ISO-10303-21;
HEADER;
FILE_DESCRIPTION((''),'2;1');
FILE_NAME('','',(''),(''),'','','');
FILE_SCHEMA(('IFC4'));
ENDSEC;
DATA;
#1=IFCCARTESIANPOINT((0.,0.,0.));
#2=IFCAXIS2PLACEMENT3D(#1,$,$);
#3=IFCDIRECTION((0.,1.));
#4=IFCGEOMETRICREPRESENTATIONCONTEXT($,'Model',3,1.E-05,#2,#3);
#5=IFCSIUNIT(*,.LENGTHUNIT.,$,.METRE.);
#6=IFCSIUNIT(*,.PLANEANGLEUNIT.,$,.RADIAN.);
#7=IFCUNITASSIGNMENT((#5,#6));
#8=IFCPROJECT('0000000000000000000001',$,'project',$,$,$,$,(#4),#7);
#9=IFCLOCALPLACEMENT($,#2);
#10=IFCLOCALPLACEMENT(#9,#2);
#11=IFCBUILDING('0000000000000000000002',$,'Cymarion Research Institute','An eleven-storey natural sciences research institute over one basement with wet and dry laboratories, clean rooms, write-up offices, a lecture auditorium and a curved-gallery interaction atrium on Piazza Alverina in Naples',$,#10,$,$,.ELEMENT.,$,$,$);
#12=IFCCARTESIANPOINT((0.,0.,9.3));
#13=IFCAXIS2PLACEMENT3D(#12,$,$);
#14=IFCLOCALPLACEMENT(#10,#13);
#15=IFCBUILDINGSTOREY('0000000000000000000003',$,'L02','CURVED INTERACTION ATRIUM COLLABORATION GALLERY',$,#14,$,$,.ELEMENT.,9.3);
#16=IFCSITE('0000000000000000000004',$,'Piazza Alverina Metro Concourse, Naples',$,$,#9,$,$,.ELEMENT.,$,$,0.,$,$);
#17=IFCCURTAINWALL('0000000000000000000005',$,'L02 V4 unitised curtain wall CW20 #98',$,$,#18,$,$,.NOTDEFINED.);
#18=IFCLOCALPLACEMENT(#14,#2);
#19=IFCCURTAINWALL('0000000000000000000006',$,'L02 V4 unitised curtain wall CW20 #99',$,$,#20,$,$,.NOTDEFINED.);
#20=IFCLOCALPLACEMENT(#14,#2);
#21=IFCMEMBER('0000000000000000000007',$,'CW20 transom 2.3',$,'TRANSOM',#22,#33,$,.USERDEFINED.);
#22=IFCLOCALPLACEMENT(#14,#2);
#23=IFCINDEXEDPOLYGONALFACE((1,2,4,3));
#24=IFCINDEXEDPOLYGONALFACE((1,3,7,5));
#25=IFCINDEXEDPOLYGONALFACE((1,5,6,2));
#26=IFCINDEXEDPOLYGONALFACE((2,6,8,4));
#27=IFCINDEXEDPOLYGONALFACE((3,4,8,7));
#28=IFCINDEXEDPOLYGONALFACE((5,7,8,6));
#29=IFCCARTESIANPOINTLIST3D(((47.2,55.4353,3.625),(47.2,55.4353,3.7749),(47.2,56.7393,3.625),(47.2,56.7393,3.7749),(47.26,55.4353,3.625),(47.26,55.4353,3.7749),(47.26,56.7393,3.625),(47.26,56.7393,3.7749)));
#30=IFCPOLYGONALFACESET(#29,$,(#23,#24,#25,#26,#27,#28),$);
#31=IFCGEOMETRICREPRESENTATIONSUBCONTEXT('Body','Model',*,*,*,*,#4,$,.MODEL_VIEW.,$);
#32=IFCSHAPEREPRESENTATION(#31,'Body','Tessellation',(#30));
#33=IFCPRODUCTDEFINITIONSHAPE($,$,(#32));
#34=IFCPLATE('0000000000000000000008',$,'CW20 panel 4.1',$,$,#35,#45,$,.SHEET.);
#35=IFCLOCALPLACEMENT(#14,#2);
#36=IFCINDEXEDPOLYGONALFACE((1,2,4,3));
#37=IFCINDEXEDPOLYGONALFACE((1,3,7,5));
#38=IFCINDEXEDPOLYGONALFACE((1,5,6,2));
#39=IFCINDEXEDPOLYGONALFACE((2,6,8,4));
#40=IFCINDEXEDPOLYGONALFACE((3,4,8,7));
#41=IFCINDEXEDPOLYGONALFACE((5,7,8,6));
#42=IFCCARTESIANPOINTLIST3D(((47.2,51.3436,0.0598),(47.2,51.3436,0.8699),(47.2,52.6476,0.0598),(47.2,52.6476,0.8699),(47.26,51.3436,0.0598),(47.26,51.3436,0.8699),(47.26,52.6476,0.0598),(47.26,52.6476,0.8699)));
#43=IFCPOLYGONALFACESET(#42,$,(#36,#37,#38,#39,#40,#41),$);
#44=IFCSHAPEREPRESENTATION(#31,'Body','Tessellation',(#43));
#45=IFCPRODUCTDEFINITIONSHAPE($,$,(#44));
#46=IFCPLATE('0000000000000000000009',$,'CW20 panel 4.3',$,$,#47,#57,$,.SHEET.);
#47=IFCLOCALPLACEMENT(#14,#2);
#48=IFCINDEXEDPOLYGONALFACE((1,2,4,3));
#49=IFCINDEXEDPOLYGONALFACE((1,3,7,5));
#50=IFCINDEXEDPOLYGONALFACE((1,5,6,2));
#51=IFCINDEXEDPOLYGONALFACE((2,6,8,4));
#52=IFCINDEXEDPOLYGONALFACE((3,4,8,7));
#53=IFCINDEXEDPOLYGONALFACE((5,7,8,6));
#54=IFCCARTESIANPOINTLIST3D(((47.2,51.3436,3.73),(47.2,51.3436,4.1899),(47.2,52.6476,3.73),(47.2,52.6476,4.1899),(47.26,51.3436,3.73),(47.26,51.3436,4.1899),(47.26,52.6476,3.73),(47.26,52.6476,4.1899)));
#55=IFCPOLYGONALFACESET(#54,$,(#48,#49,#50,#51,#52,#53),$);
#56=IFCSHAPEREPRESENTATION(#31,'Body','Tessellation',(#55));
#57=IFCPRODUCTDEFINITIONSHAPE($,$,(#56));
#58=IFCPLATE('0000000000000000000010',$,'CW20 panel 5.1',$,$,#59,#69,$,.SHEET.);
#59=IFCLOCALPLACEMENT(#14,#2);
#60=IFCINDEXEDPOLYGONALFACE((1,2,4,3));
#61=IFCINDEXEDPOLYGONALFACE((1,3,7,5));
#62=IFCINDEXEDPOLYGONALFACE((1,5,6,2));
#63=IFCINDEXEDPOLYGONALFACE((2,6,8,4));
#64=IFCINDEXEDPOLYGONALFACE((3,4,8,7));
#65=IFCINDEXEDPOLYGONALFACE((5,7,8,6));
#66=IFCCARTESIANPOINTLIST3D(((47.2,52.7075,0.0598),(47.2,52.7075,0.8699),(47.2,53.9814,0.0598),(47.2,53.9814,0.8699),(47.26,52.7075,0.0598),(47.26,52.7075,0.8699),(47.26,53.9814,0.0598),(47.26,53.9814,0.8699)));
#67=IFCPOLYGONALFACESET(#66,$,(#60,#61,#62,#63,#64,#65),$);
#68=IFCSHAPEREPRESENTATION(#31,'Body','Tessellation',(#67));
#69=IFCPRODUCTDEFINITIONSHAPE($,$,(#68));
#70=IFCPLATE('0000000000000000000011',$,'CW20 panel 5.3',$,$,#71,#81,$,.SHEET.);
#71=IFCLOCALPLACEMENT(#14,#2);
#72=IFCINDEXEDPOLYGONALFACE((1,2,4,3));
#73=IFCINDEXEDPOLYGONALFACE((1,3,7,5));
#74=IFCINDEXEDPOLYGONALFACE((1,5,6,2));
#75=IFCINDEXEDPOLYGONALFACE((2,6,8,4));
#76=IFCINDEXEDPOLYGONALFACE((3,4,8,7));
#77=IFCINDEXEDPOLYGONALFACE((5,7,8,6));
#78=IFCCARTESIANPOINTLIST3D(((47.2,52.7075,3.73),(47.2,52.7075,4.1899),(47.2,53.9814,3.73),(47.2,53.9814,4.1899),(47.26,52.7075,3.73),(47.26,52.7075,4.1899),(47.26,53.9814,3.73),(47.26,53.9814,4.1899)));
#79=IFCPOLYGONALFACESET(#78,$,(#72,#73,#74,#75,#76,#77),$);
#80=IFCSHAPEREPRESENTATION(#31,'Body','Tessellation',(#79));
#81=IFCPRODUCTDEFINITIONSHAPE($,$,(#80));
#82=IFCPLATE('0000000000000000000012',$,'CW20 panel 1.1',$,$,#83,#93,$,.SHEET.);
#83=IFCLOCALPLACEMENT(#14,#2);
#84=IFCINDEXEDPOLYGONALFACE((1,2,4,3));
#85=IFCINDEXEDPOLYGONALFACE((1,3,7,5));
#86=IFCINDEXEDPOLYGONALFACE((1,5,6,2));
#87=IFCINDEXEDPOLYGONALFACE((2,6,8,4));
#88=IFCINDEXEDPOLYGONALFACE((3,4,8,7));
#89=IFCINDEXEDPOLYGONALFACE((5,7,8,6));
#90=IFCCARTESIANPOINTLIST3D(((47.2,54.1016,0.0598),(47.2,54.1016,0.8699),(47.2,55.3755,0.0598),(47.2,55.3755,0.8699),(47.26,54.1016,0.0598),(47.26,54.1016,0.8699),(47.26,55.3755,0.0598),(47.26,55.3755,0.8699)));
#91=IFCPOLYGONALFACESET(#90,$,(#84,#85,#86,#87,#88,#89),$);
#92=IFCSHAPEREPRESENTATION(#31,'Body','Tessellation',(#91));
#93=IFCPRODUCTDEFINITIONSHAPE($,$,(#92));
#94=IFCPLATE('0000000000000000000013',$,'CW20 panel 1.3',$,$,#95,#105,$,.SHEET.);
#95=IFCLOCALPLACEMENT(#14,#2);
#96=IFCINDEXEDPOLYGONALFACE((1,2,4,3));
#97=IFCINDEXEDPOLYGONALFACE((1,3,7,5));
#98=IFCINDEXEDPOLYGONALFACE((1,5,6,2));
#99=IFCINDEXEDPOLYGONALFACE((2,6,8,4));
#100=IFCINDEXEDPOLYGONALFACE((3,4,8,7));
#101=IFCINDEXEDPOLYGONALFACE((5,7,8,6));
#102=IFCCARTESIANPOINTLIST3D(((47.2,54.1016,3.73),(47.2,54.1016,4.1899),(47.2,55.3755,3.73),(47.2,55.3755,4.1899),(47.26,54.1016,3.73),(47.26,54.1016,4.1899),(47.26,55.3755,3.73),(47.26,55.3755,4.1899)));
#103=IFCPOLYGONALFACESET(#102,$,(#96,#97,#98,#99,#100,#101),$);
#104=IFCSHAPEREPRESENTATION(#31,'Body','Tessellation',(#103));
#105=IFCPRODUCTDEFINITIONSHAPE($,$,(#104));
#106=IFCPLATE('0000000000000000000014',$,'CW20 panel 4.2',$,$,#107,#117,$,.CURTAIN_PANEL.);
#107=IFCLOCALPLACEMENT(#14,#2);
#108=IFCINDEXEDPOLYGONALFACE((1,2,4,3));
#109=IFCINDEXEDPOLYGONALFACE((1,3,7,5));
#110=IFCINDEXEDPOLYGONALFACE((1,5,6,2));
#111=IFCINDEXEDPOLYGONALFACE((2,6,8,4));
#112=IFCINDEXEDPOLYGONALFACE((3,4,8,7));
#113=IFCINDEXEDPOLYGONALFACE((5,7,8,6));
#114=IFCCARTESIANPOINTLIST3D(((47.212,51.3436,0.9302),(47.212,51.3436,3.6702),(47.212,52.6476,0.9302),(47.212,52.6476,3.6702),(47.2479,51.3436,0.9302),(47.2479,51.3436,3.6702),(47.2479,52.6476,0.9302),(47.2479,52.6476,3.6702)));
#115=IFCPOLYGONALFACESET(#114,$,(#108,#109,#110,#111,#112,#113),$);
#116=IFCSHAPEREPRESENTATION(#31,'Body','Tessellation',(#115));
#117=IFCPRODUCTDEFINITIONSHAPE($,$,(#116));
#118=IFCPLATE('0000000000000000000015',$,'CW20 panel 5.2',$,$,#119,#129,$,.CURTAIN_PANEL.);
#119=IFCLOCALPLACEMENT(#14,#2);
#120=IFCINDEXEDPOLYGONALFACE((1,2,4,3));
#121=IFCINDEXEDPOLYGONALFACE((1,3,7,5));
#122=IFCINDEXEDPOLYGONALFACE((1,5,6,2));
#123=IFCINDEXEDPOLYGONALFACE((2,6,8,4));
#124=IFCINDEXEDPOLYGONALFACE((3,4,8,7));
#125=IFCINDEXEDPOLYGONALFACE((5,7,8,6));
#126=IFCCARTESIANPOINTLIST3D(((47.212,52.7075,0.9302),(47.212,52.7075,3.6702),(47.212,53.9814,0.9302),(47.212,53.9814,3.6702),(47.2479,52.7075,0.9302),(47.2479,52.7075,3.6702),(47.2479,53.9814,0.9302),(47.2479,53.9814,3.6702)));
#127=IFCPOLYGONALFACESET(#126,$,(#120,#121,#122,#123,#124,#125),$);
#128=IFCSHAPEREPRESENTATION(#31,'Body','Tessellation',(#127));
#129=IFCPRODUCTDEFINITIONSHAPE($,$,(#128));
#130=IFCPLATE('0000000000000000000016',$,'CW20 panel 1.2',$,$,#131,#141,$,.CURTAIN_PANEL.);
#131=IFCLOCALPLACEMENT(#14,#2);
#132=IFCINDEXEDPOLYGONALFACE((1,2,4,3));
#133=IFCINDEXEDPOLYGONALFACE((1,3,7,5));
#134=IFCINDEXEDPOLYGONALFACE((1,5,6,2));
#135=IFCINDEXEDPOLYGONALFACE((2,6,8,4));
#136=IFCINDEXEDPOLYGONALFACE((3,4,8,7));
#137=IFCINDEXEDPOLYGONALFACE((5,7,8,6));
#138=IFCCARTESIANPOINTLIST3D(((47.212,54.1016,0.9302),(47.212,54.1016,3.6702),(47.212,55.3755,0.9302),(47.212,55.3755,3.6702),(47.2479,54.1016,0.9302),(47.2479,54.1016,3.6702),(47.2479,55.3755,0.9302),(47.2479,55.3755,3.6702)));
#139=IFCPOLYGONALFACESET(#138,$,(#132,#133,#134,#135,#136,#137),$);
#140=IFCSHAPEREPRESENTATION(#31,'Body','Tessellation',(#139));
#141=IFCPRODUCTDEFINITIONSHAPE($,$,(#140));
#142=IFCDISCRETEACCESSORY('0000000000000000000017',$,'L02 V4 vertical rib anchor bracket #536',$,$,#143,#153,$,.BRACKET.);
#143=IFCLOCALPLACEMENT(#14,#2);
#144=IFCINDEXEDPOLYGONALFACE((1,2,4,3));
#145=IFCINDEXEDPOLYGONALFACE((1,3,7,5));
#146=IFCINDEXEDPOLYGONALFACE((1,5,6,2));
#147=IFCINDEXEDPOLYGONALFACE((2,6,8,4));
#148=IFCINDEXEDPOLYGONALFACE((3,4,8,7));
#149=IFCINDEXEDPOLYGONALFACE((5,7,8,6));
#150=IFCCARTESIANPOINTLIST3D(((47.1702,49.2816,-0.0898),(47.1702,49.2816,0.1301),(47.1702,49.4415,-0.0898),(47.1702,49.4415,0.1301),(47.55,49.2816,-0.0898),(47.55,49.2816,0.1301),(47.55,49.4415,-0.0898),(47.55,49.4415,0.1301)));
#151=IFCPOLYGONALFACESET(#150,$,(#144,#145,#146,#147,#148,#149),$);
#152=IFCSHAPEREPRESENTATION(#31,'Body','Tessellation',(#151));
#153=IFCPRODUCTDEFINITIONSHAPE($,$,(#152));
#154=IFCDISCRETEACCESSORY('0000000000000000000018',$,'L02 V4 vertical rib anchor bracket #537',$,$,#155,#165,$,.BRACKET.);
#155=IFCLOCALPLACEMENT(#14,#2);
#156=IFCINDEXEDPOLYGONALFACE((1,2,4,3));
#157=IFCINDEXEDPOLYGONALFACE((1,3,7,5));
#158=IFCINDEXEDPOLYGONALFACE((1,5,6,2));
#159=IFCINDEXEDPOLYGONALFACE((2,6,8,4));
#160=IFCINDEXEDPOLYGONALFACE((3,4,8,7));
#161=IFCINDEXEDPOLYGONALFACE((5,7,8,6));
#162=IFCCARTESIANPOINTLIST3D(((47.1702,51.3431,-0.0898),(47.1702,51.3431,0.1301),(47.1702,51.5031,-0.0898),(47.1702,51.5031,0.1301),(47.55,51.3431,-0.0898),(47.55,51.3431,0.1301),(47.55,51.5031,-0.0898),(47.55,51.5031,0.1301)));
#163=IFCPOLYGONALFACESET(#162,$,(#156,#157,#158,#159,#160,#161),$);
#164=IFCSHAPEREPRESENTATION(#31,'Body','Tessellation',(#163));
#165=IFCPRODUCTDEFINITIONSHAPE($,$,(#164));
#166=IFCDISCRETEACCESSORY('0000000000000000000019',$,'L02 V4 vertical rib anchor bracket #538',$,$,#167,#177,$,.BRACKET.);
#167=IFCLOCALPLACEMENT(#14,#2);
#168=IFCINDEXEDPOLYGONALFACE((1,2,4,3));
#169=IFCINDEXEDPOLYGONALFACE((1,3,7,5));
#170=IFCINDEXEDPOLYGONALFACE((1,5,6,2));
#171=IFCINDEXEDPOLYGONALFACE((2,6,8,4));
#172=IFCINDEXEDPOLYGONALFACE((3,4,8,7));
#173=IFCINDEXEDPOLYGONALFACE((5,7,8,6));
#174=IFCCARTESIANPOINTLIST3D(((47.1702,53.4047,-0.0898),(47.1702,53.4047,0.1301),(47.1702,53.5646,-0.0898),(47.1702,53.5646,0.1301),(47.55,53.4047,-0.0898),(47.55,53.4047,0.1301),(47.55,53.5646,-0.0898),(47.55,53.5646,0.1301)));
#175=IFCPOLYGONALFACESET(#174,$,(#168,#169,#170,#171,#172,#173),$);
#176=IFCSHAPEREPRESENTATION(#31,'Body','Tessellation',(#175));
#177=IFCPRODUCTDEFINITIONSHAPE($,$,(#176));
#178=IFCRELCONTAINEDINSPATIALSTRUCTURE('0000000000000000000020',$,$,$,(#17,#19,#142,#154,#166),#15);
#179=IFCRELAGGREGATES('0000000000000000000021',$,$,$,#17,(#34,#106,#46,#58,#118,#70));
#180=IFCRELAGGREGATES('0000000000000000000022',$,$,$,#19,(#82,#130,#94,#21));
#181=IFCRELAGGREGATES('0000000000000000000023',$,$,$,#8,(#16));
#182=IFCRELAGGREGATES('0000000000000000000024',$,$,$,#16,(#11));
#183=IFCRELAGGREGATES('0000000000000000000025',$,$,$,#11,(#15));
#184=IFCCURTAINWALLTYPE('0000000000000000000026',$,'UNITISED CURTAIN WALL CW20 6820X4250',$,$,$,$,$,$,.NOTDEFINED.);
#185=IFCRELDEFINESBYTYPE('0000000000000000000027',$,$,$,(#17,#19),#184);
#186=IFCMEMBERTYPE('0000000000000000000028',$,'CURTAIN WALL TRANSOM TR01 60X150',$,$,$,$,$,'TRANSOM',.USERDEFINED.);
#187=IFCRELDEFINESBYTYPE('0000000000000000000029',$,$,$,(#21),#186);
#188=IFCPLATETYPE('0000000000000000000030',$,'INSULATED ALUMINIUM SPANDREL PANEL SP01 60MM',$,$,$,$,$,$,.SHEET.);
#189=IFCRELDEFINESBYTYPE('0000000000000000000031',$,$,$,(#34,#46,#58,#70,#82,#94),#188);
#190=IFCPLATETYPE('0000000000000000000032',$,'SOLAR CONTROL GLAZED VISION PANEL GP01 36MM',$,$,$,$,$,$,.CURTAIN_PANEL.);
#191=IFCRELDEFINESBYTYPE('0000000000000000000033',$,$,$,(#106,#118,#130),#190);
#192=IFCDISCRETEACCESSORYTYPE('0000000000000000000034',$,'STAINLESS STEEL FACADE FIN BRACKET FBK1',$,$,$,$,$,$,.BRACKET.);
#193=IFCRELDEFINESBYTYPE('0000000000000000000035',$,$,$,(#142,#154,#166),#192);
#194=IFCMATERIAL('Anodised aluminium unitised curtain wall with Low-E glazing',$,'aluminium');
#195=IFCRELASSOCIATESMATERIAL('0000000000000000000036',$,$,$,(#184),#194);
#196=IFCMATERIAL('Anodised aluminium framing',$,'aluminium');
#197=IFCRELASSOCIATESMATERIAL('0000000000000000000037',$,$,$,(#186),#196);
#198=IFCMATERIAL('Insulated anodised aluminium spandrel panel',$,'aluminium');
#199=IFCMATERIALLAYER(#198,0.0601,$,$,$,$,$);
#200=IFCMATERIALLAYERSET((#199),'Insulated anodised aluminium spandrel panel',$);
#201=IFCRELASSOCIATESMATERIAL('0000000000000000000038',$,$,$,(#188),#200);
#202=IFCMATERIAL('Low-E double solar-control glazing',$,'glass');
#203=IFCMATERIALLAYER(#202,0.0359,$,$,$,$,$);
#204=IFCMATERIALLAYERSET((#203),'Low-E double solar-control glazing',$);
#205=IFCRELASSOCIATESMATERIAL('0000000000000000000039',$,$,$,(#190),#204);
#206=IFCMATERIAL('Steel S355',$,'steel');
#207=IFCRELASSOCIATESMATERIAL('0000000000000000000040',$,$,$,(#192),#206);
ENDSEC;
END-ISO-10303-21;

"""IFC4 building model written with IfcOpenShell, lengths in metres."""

from ifc_helpers import new_model, si_unit, direction, frame, origin, origin_2d, place, context, subcontext, project, spatial, rectangle, extrude, material, layer, layer_set, material_profile, profile_set, type_object, element, aggregate, save


model = new_model("IFC4")

# Units and contexts
model_context = context("Model", 3, precision=1e-05, world=origin(), true_north=direction((0.0, 1.0)))
body_context = subcontext(model_context, "Body", "Model", "MODEL_VIEW")
ifc_project = project(units=[si_unit("LENGTHUNIT", "METRE"), si_unit("PLANEANGLEUNIT", "RADIAN")], contexts=[model_context])

# Site, building, storey
site_placement = place(None, origin())
site = spatial("IfcSite", under=ifc_project, at=site_placement, Name="Piazza Alverina Metro Concourse, Naples", CompositionType="ELEMENT", RefElevation=0.0)
building_placement = place(site_placement, origin())
building = spatial("IfcBuilding", under=site, at=building_placement, Name="Cymarion Research Institute", Description="An eleven-storey natural sciences research institute over one basement with wet and dry laboratories, clean rooms, write-up offices, a lecture auditorium and a curved-gallery interaction atrium on Piazza Alverina in Naples", CompositionType="ELEMENT")
storey_placement = place(building_placement, frame((0.0, 0.0, 9.3)))
storey = spatial("IfcBuildingStorey", under=building, at=storey_placement, Name="L02", Description="CURVED INTERACTION ATRIUM COLLABORATION GALLERY", CompositionType="ELEMENT", Elevation=9.3)

# Curtain walls
ifc_material_1 = material(Name="Anodised aluminium unitised curtain wall with Low-E glazing", Category="aluminium")
curtain_wall_type = type_object("IfcCurtainWallType", Name="UNITISED CURTAIN WALL CW20 6820X4250", PredefinedType="NOTDEFINED", material=ifc_material_1)
curtain_wall_1_placement = place(storey_placement, origin())
curtain_wall_1 = element("IfcCurtainWall", 1, at=curtain_wall_1_placement, inside=storey, type_object=curtain_wall_type, Name="L02 V4 unitised curtain wall CW20 #98", PredefinedType="NOTDEFINED")
ifc_material_2 = material(Name="Anodised aluminium framing", Category="aluminium")
curtain_wall_2_placement = place(storey_placement, origin())
curtain_wall_2 = element("IfcCurtainWall", 2, at=curtain_wall_2_placement, inside=storey, type_object=curtain_wall_type, Name="L02 V4 unitised curtain wall CW20 #99", PredefinedType="NOTDEFINED")

# Member
ifc_material_profile_1 = material_profile(ifc_material_2, rectangle(XDim=0.0601, YDim=0.1499, at=origin_2d()), Name="ALU TRANSOM 60x150")
ifc_profile_set_1 = profile_set([ifc_material_profile_1], Name="Anodised aluminium framing")
member_type_1 = type_object("IfcMemberType", Name="CURTAIN WALL TRANSOM TR01 60X150", ElementType="TRANSOM", PredefinedType="USERDEFINED", material=ifc_profile_set_1)
member_1_placement = place(storey_placement, frame((47.23, 55.4353, 3.7), z_axis=(0.0, 1.0, 0.0), x_axis=(-1.0, 0.0, 0.0)))
member_1 = element("IfcMember", 3, at=member_1_placement, type_object=member_type_1, Name="CW20 transom 2.3", ObjectType="TRANSOM", PredefinedType="USERDEFINED", context=body_context, shape_type="SweptSolid", body=[
    extrude(rectangle(XDim=0.0601, YDim=0.1499, at=origin_2d()), origin(), (0.0, 0.0, 1.0), 1.304),
])

# Plates
ifc_material_3 = material(Name="Insulated anodised aluminium spandrel panel", Category="aluminium")
ifc_layer_1 = layer(ifc_material_3, 0.0601)
ifc_layer_set_1 = layer_set([ifc_layer_1], Name="Insulated anodised aluminium spandrel panel")
plate_type_1 = type_object("IfcPlateType", Name="INSULATED ALUMINIUM SPANDREL PANEL SP01 60MM", PredefinedType="SHEET", material=ifc_layer_set_1)
plate_1_placement = place(storey_placement, frame((47.23, 51.9956, 0.0598), z_axis=(0.0, 0.0, 1.0), x_axis=(0.0, 1.0, 0.0)))
plate_1 = element("IfcPlate", 4, at=plate_1_placement, type_object=plate_type_1, Name="CW20 panel 4.1", PredefinedType="SHEET", context=body_context, shape_type="SweptSolid", body=[
    extrude(rectangle(XDim=1.304, YDim=0.0601, at=origin_2d()), origin(), (0.0, 0.0, 1.0), 0.8101),
])
plate_2_placement = place(storey_placement, frame((47.23, 51.9956, 3.73), z_axis=(0.0, 0.0, 1.0), x_axis=(0.0, 1.0, 0.0)))
plate_2 = element("IfcPlate", 5, at=plate_2_placement, type_object=plate_type_1, Name="CW20 panel 4.3", PredefinedType="SHEET", context=body_context, shape_type="SweptSolid", body=[
    extrude(rectangle(XDim=1.304, YDim=0.0601, at=origin_2d()), origin(), (0.0, 0.0, 1.0), 0.46),
])
plate_3_placement = place(storey_placement, frame((47.23, 53.3445, 0.0598), z_axis=(0.0, 0.0, 1.0), x_axis=(0.0, 1.0, 0.0)))
plate_3 = element("IfcPlate", 6, at=plate_3_placement, type_object=plate_type_1, Name="CW20 panel 5.1", PredefinedType="SHEET", context=body_context, shape_type="SweptSolid", body=[
    extrude(rectangle(XDim=1.2739, YDim=0.0601, at=origin_2d()), origin(), (0.0, 0.0, 1.0), 0.8101),
])
plate_4_placement = place(storey_placement, frame((47.23, 53.3445, 3.73), z_axis=(0.0, 0.0, 1.0), x_axis=(0.0, 1.0, 0.0)))
plate_4 = element("IfcPlate", 7, at=plate_4_placement, type_object=plate_type_1, Name="CW20 panel 5.3", PredefinedType="SHEET", context=body_context, shape_type="SweptSolid", body=[
    extrude(rectangle(XDim=1.2739, YDim=0.0601, at=origin_2d()), origin(), (0.0, 0.0, 1.0), 0.46),
])
plate_5_placement = place(storey_placement, frame((47.23, 54.7385, 0.0598), z_axis=(0.0, 0.0, 1.0), x_axis=(0.0, 1.0, 0.0)))
plate_5 = element("IfcPlate", 8, at=plate_5_placement, type_object=plate_type_1, Name="CW20 panel 1.1", PredefinedType="SHEET", context=body_context, shape_type="SweptSolid", body=[
    extrude(rectangle(XDim=1.2739, YDim=0.0601, at=origin_2d()), origin(), (0.0, 0.0, 1.0), 0.8101),
])
plate_6_placement = place(storey_placement, frame((47.23, 54.7385, 3.73), z_axis=(0.0, 0.0, 1.0), x_axis=(0.0, 1.0, 0.0)))
plate_6 = element("IfcPlate", 9, at=plate_6_placement, type_object=plate_type_1, Name="CW20 panel 1.3", PredefinedType="SHEET", context=body_context, shape_type="SweptSolid", body=[
    extrude(rectangle(XDim=1.2739, YDim=0.0601, at=origin_2d()), origin(), (0.0, 0.0, 1.0), 0.46),
])
ifc_material_4 = material(Name="Low-E double solar-control glazing", Category="glass")
ifc_layer_2 = layer(ifc_material_4, 0.0359)
ifc_layer_set_2 = layer_set([ifc_layer_2], Name="Low-E double solar-control glazing")
plate_type_2 = type_object("IfcPlateType", Name="SOLAR CONTROL GLAZED VISION PANEL GP01 36MM", PredefinedType="CURTAIN_PANEL", material=ifc_layer_set_2)
plate_7_placement = place(storey_placement, frame((47.23, 51.9956, 0.9302), z_axis=(0.0, 0.0, 1.0), x_axis=(0.0, 1.0, 0.0)))
plate_7 = element("IfcPlate", 10, at=plate_7_placement, type_object=plate_type_2, Name="CW20 panel 4.2", PredefinedType="CURTAIN_PANEL", context=body_context, shape_type="SweptSolid", body=[
    extrude(rectangle(XDim=1.304, YDim=0.0359, at=origin_2d()), origin(), (0.0, 0.0, 1.0), 2.74),
])
plate_8_placement = place(storey_placement, frame((47.23, 53.3445, 0.9302), z_axis=(0.0, 0.0, 1.0), x_axis=(0.0, 1.0, 0.0)))
plate_8 = element("IfcPlate", 11, at=plate_8_placement, type_object=plate_type_2, Name="CW20 panel 5.2", PredefinedType="CURTAIN_PANEL", context=body_context, shape_type="SweptSolid", body=[
    extrude(rectangle(XDim=1.2739, YDim=0.0359, at=origin_2d()), origin(), (0.0, 0.0, 1.0), 2.74),
])
aggregate(curtain_wall_1, [plate_1, plate_7, plate_2, plate_3, plate_8, plate_4])
plate_9_placement = place(storey_placement, frame((47.23, 54.7385, 0.9302), z_axis=(0.0, 0.0, 1.0), x_axis=(0.0, 1.0, 0.0)))
plate_9 = element("IfcPlate", 12, at=plate_9_placement, type_object=plate_type_2, Name="CW20 panel 1.2", PredefinedType="CURTAIN_PANEL", context=body_context, shape_type="SweptSolid", body=[
    extrude(rectangle(XDim=1.2739, YDim=0.0359, at=origin_2d()), origin(), (0.0, 0.0, 1.0), 2.74),
])
aggregate(curtain_wall_2, [plate_5, plate_9, plate_6, member_1])

# Discrete accessories
ifc_material_5 = material(Name="Steel S355", Category="steel")
discrete_accessory_type = type_object("IfcDiscreteAccessoryType", Name="STAINLESS STEEL FACADE FIN BRACKET FBK1", PredefinedType="BRACKET", material=ifc_material_5)
for number, where, z_axis, x_axis, name in (
    (13, (47.3601, 49.3616, -0.0898), (0.0, 0.0, 1.0), (1.0, 0.0, 0.0), "L02 V4 vertical rib anchor bracket #536"),
    (14, (47.3601, 51.4231, -0.0898), (0.0, 0.0, 1.0), (1.0, 0.0, 0.0), "L02 V4 vertical rib anchor bracket #537"),
    (15, (47.3601, 53.4846, -0.0898), (0.0, 0.0, 1.0), (1.0, 0.0, 0.0), "L02 V4 vertical rib anchor bracket #538"),
):
    element("IfcDiscreteAccessory", number, at=place(storey_placement, frame(where, z_axis=z_axis, x_axis=x_axis)), inside=storey, type_object=discrete_accessory_type, Name=name, PredefinedType="BRACKET", context=body_context, shape_type="SweptSolid", body=[
        extrude(rectangle(XDim=0.3799, YDim=0.1599, at=origin_2d()), origin(), (0.0, 0.0, 1.0), 0.22),
    ])

save(model, "model.ifc")
